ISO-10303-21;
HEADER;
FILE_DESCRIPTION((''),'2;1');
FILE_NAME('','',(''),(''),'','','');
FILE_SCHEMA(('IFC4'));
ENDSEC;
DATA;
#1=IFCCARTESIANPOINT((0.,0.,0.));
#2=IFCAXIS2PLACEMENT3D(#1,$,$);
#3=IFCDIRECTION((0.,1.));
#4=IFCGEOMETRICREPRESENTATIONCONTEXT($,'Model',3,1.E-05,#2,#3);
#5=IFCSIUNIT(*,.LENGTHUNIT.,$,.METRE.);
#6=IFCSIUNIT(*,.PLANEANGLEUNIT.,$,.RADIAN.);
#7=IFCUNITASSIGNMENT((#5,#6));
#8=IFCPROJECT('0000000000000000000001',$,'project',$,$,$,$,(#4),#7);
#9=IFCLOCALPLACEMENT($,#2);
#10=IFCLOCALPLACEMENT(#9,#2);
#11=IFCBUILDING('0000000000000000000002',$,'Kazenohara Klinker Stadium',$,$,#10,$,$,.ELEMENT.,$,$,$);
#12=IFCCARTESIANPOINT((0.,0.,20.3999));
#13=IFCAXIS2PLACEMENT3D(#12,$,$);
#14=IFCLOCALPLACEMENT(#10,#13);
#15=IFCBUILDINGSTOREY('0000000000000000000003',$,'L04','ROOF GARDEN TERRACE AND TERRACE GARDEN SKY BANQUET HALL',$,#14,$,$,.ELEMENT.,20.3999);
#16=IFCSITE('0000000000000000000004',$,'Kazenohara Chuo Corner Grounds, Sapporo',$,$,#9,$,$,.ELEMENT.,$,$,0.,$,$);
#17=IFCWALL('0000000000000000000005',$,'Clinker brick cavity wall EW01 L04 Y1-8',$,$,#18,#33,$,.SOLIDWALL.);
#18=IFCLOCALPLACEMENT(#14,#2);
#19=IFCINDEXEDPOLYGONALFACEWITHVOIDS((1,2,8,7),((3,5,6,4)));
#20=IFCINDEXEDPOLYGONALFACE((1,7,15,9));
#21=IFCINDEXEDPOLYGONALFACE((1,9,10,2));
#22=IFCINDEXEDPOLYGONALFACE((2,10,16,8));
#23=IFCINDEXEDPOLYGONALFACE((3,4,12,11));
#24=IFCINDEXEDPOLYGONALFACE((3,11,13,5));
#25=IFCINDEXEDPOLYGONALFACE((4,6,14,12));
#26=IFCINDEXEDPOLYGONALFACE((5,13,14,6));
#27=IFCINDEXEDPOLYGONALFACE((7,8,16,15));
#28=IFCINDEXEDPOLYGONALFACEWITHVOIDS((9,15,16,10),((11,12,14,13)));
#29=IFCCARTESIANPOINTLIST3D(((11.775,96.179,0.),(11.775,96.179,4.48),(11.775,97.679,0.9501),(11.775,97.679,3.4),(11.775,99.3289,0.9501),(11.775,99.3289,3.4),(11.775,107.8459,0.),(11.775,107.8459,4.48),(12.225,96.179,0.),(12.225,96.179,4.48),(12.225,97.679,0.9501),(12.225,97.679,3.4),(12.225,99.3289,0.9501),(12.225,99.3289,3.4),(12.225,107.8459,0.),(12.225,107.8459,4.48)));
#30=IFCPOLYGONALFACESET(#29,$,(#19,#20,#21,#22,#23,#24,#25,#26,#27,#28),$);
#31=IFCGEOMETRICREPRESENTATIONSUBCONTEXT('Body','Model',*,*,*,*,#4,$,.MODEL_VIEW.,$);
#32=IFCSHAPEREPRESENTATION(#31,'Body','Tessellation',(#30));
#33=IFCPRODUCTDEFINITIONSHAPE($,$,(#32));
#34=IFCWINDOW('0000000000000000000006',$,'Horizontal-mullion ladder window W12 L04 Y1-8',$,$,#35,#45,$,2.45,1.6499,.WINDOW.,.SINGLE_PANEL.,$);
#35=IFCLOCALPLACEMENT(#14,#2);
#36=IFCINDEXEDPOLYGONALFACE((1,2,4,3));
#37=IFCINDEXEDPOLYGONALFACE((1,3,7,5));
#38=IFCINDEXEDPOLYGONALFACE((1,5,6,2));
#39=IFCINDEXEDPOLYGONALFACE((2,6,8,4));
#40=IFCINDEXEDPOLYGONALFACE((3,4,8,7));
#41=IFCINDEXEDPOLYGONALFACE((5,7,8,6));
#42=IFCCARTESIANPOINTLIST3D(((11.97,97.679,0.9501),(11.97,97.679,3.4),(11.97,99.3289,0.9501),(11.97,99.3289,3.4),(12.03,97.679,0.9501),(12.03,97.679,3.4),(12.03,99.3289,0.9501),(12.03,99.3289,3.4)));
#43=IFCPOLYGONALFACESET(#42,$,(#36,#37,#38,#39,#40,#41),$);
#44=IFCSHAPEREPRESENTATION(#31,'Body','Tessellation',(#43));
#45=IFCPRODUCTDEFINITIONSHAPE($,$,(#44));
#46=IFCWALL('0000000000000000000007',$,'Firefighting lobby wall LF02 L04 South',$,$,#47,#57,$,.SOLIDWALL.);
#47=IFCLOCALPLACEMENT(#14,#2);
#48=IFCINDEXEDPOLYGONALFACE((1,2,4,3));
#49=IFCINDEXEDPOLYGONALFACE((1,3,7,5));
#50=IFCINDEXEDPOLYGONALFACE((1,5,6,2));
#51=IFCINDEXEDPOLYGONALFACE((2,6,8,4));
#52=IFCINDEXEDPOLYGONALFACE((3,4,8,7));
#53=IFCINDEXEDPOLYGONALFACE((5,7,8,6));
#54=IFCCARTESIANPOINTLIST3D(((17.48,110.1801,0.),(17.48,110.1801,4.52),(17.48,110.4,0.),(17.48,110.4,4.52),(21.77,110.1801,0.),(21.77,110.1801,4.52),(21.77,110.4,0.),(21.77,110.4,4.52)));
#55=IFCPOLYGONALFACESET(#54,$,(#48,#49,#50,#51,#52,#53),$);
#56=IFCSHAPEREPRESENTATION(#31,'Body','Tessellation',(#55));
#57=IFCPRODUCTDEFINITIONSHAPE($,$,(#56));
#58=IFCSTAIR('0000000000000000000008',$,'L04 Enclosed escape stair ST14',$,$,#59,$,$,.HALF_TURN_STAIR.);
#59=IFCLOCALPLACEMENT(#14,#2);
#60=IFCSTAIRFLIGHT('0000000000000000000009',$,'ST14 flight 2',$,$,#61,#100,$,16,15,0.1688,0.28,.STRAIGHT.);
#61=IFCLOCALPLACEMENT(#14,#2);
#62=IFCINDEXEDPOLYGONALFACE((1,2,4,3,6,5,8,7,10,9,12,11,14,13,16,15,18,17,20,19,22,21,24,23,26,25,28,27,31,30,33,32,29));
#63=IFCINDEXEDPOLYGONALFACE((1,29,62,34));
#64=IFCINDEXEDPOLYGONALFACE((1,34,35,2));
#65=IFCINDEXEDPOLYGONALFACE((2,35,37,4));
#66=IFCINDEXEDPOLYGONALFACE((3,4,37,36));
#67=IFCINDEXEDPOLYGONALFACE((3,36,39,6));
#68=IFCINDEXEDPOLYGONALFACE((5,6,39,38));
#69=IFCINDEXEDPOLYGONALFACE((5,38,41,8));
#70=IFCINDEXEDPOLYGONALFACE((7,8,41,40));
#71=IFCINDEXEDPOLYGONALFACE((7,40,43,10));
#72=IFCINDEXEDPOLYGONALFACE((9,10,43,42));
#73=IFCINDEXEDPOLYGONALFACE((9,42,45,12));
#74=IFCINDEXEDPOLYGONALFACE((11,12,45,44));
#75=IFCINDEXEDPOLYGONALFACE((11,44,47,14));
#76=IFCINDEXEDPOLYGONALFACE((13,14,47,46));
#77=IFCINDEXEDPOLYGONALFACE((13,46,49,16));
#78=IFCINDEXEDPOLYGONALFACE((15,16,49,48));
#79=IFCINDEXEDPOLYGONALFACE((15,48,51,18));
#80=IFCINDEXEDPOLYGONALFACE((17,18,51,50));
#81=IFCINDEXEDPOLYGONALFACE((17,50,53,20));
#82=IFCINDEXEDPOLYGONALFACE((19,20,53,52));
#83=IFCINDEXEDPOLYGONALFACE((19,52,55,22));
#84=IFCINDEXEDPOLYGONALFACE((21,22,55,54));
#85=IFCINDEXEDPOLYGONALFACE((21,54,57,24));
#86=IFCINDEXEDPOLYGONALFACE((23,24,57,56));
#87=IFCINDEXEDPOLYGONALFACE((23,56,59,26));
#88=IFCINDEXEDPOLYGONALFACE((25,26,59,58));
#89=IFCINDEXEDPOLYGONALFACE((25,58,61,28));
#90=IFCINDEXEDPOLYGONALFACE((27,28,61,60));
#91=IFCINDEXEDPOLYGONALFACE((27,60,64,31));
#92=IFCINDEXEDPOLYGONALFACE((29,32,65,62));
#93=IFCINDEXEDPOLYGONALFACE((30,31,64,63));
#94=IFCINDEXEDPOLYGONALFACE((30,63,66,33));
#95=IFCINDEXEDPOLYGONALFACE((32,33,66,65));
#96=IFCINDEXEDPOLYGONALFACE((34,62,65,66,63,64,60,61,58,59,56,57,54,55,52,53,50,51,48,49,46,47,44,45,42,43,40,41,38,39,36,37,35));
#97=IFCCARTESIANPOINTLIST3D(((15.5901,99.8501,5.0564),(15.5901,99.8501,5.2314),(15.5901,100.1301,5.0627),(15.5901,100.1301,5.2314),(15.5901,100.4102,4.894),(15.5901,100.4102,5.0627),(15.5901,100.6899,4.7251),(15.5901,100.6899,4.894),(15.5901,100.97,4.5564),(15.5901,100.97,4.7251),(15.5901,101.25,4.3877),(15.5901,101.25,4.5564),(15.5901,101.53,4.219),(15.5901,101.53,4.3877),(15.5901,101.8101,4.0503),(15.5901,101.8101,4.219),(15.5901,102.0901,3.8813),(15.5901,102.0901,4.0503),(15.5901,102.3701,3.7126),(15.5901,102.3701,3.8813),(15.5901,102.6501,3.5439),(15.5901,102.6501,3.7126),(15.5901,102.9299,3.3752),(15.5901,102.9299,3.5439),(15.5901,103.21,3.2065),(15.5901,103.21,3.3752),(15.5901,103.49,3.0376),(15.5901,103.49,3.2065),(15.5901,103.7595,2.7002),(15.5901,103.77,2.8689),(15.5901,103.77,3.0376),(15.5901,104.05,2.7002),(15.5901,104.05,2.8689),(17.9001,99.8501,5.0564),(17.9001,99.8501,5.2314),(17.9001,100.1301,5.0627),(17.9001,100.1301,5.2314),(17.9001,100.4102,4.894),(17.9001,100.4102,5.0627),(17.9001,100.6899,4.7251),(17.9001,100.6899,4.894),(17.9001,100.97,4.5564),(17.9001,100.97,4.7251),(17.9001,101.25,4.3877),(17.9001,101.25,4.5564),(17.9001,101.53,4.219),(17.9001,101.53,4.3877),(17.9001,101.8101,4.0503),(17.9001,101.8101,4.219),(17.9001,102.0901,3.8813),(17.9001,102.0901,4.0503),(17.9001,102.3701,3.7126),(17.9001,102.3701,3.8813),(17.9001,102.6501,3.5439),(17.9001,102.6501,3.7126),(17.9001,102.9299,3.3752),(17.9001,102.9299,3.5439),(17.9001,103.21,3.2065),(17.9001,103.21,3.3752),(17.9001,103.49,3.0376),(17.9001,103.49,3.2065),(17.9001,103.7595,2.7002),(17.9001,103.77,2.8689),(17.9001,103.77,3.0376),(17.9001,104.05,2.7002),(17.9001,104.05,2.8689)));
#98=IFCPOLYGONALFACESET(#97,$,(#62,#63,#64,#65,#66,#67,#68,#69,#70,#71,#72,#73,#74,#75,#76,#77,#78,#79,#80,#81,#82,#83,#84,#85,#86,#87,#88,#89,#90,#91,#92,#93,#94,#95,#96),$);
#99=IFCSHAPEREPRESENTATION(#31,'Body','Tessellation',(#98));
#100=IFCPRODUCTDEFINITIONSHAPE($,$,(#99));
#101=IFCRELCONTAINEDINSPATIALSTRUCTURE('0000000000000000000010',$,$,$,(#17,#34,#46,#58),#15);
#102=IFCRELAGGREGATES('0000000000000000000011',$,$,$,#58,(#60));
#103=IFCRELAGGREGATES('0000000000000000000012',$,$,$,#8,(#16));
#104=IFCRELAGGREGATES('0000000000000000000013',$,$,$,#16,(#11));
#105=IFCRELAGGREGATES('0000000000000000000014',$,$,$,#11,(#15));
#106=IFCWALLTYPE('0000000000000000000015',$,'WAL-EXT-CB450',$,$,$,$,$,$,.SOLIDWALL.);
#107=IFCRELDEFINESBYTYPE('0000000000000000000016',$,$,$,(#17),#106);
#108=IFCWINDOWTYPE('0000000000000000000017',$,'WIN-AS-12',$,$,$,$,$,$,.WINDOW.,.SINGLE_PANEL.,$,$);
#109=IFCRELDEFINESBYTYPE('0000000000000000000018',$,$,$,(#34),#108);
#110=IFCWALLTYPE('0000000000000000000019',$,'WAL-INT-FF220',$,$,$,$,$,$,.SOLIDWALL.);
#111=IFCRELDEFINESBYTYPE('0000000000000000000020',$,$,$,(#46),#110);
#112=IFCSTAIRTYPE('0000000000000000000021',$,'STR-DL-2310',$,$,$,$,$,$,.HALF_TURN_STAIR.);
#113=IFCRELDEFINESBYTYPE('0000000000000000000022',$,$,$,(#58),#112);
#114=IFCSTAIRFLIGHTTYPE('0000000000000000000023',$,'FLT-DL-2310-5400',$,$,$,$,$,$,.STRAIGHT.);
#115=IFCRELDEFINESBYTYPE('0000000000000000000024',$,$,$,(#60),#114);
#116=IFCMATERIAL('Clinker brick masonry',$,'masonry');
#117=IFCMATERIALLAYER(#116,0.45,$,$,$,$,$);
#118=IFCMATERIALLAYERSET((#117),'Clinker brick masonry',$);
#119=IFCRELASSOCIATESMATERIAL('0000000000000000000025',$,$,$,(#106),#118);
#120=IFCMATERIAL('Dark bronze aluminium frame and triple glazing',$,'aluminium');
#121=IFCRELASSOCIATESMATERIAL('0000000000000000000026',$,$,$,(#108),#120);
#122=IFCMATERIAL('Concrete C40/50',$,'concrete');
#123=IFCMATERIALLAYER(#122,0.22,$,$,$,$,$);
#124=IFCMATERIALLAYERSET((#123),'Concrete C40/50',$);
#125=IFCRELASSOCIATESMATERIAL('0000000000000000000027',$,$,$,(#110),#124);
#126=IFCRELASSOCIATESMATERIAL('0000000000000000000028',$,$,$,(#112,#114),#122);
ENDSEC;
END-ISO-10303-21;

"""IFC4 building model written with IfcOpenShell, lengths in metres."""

from ifc_helpers import new_model, si_unit, direction, frame, frame_2d, origin, place, context, subcontext, project, spatial, polyline, rectangle, outline, extrude, material, layer, layer_set, type_object, element, fill, aggregate, save


model = new_model("IFC4")

# Units and contexts
model_context = context("Model", 3, precision=1e-05, world=origin(), true_north=direction((0.0, 1.0)))
body_context = subcontext(model_context, "Body", "Model", "MODEL_VIEW")
ifc_project = project(units=[si_unit("LENGTHUNIT", "METRE"), si_unit("PLANEANGLEUNIT", "RADIAN")], contexts=[model_context])

# Site, building, storey
site_placement = place(None, origin())
site = spatial("IfcSite", under=ifc_project, at=site_placement, Name="Kazenohara Chuo Corner Grounds, Sapporo", CompositionType="ELEMENT", RefElevation=0.0)
building_placement = place(site_placement, origin())
building = spatial("IfcBuilding", under=site, at=building_placement, Name="Kazenohara Klinker Stadium", CompositionType="ELEMENT")
storey_placement = place(building_placement, frame((0.0, 0.0, 20.3999)))
storey = spatial("IfcBuildingStorey", under=building, at=storey_placement, Name="L04", Description="ROOF GARDEN TERRACE AND TERRACE GARDEN SKY BANQUET HALL", CompositionType="ELEMENT", Elevation=20.3999)

# Shared definitions
ifc_material_1 = material(Name="Concrete C40/50", Category="concrete")

# Wall, opening, window
ifc_material_2 = material(Name="Clinker brick masonry", Category="masonry")
ifc_layer_1 = layer(ifc_material_2, 0.45)
ifc_layer_set_1 = layer_set([ifc_layer_1], Name="Clinker brick masonry")
wall_type_1 = type_object("IfcWallType", Name="WAL-EXT-CB450", PredefinedType="SOLIDWALL", material=ifc_layer_set_1)
wall_1_placement = place(storey_placement, frame((12.0, 96.179, 0.0), z_axis=(0.0, 0.0, 1.0), x_axis=(0.0, 1.0, 0.0)))
wall_1 = element("IfcWall", 1, at=wall_1_placement, inside=storey, type_object=wall_type_1, Name="Clinker brick cavity wall EW01 L04 Y1-8", PredefinedType="SOLIDWALL", context=body_context, shape_type="SweptSolid", body=[
    extrude(rectangle(XDim=11.667, YDim=0.45, at=frame_2d((5.8335, 0.0))), origin(), (0.0, 0.0, 1.0), 4.48),
])
opening_1_placement = place(wall_1_placement, frame((1.5, 0.0, 0.95)))
opening_1 = element("IfcOpeningElement", 2, at=opening_1_placement, cuts=wall_1, PredefinedType="OPENING", context=body_context, shape_type="SweptSolid", body=[
    extrude(rectangle(XDim=1.6499, YDim=2.45, at=frame_2d((0.825, 1.2251))), frame((0.0, 0.2349, 0.0), z_axis=(0.0, -1.0, 0.0), x_axis=(1.0, 0.0, 0.0)), (0.0, 0.0, 1.0), 0.47),
])
ifc_material_3 = material(Name="Dark bronze aluminium frame and triple glazing", Category="aluminium")
window_type = type_object("IfcWindowType", Name="WIN-AS-12", PartitioningType="SINGLE_PANEL", PredefinedType="WINDOW", material=ifc_material_3)
window_placement = place(opening_1_placement, origin())
window = element("IfcWindow", 3, at=window_placement, inside=storey, type_object=window_type, Name="Horizontal-mullion ladder window W12 L04 Y1-8", OverallHeight=2.45, OverallWidth=1.6499, PartitioningType="SINGLE_PANEL", PredefinedType="WINDOW", context=body_context, shape_type="SweptSolid", body=[
    extrude(rectangle(XDim=1.6499, YDim=2.45, at=frame_2d((0.825, 1.2251))), frame((0.0, 0.03, 0.0), z_axis=(0.0, -1.0, 0.0), x_axis=(1.0, 0.0, 0.0)), (0.0, 0.0, 1.0), 0.0601),
])
fill(opening_1, window)

# Wall
ifc_layer_2 = layer(ifc_material_1, 0.22)
ifc_layer_set_2 = layer_set([ifc_layer_2], Name="Concrete C40/50")
wall_type_2 = type_object("IfcWallType", Name="WAL-INT-FF220", PredefinedType="SOLIDWALL", material=ifc_layer_set_2)
wall_2_placement = place(storey_placement, frame((17.48, 110.29, 0.0), z_axis=(0.0, 0.0, 1.0), x_axis=(1.0, 0.0, 0.0)))
element("IfcWall", 4, at=wall_2_placement, inside=storey, type_object=wall_type_2, Name="Firefighting lobby wall LF02 L04 South", PredefinedType="SOLIDWALL", context=body_context, shape_type="SweptSolid", body=[
    extrude(rectangle(XDim=4.29, YDim=0.22, at=frame_2d((2.145, 0.0))), origin(), (0.0, 0.0, 1.0), 4.52),
])

# Stair, stair flight
stair_type = type_object("IfcStairType", Name="STR-DL-2310", PredefinedType="HALF_TURN_STAIR", material=ifc_material_1)
stair_placement = place(storey_placement, origin())
stair = element("IfcStair", 5, at=stair_placement, inside=storey, type_object=stair_type, Name="L04 Enclosed escape stair ST14", PredefinedType="HALF_TURN_STAIR")
stair_flight_type = type_object("IfcStairFlightType", Name="FLT-DL-2310-5400", PredefinedType="STRAIGHT", material=ifc_material_1)
stair_flight_placement = place(storey_placement, frame((16.7451, 104.05, 2.7002), z_axis=(0.0, 0.0, 1.0), x_axis=(0.0, -1.0, 0.0)))
stair_flight = element("IfcStairFlight", 6, at=stair_flight_placement, type_object=stair_flight_type, Name="ST14 flight 2", NumberOfRisers=16, NumberOfTreads=15, PredefinedType="STRAIGHT", RiserHeight=0.1688, TreadLength=0.28, context=body_context, shape_type="SweptSolid", body=[
    extrude(outline(polyline([(0.0, 0.0), (0.0, 0.1687), (0.28, 0.1687), (0.28, 0.3374), (0.5601, 0.3374), (0.5601, 0.5063), (0.8401, 0.5063), (0.8401, 0.675), (1.1201, 0.675), (1.1201, 0.8438), (1.3999, 0.8438), (1.3999, 1.0125), (1.6799, 1.0125), (1.6799, 1.1812), (1.96, 1.1812), (1.96, 1.3501), (2.24, 1.3501), (2.24, 1.5188), (2.52, 1.5188), (2.52, 1.6875), (2.8, 1.6875), (2.8, 1.8562), (3.0801, 1.8562), (3.0801, 2.0249), (3.3601, 2.0249), (3.3601, 2.1938), (3.6399, 2.1938), (3.6399, 2.3625), (3.9199, 2.3625), (3.9199, 2.5312), (4.2, 2.5312), (4.2, 2.7), (4.2, 2.3562), (0.2905, 0.0), (0.0, 0.0)])), frame((0.0, 1.155, 0.0), z_axis=(0.0, -1.0, 0.0), x_axis=(1.0, 0.0, 0.0)), (0.0, 0.0, 1.0), 2.3101),
])
aggregate(stair, [stair_flight])

save(model, "model.ifc")
